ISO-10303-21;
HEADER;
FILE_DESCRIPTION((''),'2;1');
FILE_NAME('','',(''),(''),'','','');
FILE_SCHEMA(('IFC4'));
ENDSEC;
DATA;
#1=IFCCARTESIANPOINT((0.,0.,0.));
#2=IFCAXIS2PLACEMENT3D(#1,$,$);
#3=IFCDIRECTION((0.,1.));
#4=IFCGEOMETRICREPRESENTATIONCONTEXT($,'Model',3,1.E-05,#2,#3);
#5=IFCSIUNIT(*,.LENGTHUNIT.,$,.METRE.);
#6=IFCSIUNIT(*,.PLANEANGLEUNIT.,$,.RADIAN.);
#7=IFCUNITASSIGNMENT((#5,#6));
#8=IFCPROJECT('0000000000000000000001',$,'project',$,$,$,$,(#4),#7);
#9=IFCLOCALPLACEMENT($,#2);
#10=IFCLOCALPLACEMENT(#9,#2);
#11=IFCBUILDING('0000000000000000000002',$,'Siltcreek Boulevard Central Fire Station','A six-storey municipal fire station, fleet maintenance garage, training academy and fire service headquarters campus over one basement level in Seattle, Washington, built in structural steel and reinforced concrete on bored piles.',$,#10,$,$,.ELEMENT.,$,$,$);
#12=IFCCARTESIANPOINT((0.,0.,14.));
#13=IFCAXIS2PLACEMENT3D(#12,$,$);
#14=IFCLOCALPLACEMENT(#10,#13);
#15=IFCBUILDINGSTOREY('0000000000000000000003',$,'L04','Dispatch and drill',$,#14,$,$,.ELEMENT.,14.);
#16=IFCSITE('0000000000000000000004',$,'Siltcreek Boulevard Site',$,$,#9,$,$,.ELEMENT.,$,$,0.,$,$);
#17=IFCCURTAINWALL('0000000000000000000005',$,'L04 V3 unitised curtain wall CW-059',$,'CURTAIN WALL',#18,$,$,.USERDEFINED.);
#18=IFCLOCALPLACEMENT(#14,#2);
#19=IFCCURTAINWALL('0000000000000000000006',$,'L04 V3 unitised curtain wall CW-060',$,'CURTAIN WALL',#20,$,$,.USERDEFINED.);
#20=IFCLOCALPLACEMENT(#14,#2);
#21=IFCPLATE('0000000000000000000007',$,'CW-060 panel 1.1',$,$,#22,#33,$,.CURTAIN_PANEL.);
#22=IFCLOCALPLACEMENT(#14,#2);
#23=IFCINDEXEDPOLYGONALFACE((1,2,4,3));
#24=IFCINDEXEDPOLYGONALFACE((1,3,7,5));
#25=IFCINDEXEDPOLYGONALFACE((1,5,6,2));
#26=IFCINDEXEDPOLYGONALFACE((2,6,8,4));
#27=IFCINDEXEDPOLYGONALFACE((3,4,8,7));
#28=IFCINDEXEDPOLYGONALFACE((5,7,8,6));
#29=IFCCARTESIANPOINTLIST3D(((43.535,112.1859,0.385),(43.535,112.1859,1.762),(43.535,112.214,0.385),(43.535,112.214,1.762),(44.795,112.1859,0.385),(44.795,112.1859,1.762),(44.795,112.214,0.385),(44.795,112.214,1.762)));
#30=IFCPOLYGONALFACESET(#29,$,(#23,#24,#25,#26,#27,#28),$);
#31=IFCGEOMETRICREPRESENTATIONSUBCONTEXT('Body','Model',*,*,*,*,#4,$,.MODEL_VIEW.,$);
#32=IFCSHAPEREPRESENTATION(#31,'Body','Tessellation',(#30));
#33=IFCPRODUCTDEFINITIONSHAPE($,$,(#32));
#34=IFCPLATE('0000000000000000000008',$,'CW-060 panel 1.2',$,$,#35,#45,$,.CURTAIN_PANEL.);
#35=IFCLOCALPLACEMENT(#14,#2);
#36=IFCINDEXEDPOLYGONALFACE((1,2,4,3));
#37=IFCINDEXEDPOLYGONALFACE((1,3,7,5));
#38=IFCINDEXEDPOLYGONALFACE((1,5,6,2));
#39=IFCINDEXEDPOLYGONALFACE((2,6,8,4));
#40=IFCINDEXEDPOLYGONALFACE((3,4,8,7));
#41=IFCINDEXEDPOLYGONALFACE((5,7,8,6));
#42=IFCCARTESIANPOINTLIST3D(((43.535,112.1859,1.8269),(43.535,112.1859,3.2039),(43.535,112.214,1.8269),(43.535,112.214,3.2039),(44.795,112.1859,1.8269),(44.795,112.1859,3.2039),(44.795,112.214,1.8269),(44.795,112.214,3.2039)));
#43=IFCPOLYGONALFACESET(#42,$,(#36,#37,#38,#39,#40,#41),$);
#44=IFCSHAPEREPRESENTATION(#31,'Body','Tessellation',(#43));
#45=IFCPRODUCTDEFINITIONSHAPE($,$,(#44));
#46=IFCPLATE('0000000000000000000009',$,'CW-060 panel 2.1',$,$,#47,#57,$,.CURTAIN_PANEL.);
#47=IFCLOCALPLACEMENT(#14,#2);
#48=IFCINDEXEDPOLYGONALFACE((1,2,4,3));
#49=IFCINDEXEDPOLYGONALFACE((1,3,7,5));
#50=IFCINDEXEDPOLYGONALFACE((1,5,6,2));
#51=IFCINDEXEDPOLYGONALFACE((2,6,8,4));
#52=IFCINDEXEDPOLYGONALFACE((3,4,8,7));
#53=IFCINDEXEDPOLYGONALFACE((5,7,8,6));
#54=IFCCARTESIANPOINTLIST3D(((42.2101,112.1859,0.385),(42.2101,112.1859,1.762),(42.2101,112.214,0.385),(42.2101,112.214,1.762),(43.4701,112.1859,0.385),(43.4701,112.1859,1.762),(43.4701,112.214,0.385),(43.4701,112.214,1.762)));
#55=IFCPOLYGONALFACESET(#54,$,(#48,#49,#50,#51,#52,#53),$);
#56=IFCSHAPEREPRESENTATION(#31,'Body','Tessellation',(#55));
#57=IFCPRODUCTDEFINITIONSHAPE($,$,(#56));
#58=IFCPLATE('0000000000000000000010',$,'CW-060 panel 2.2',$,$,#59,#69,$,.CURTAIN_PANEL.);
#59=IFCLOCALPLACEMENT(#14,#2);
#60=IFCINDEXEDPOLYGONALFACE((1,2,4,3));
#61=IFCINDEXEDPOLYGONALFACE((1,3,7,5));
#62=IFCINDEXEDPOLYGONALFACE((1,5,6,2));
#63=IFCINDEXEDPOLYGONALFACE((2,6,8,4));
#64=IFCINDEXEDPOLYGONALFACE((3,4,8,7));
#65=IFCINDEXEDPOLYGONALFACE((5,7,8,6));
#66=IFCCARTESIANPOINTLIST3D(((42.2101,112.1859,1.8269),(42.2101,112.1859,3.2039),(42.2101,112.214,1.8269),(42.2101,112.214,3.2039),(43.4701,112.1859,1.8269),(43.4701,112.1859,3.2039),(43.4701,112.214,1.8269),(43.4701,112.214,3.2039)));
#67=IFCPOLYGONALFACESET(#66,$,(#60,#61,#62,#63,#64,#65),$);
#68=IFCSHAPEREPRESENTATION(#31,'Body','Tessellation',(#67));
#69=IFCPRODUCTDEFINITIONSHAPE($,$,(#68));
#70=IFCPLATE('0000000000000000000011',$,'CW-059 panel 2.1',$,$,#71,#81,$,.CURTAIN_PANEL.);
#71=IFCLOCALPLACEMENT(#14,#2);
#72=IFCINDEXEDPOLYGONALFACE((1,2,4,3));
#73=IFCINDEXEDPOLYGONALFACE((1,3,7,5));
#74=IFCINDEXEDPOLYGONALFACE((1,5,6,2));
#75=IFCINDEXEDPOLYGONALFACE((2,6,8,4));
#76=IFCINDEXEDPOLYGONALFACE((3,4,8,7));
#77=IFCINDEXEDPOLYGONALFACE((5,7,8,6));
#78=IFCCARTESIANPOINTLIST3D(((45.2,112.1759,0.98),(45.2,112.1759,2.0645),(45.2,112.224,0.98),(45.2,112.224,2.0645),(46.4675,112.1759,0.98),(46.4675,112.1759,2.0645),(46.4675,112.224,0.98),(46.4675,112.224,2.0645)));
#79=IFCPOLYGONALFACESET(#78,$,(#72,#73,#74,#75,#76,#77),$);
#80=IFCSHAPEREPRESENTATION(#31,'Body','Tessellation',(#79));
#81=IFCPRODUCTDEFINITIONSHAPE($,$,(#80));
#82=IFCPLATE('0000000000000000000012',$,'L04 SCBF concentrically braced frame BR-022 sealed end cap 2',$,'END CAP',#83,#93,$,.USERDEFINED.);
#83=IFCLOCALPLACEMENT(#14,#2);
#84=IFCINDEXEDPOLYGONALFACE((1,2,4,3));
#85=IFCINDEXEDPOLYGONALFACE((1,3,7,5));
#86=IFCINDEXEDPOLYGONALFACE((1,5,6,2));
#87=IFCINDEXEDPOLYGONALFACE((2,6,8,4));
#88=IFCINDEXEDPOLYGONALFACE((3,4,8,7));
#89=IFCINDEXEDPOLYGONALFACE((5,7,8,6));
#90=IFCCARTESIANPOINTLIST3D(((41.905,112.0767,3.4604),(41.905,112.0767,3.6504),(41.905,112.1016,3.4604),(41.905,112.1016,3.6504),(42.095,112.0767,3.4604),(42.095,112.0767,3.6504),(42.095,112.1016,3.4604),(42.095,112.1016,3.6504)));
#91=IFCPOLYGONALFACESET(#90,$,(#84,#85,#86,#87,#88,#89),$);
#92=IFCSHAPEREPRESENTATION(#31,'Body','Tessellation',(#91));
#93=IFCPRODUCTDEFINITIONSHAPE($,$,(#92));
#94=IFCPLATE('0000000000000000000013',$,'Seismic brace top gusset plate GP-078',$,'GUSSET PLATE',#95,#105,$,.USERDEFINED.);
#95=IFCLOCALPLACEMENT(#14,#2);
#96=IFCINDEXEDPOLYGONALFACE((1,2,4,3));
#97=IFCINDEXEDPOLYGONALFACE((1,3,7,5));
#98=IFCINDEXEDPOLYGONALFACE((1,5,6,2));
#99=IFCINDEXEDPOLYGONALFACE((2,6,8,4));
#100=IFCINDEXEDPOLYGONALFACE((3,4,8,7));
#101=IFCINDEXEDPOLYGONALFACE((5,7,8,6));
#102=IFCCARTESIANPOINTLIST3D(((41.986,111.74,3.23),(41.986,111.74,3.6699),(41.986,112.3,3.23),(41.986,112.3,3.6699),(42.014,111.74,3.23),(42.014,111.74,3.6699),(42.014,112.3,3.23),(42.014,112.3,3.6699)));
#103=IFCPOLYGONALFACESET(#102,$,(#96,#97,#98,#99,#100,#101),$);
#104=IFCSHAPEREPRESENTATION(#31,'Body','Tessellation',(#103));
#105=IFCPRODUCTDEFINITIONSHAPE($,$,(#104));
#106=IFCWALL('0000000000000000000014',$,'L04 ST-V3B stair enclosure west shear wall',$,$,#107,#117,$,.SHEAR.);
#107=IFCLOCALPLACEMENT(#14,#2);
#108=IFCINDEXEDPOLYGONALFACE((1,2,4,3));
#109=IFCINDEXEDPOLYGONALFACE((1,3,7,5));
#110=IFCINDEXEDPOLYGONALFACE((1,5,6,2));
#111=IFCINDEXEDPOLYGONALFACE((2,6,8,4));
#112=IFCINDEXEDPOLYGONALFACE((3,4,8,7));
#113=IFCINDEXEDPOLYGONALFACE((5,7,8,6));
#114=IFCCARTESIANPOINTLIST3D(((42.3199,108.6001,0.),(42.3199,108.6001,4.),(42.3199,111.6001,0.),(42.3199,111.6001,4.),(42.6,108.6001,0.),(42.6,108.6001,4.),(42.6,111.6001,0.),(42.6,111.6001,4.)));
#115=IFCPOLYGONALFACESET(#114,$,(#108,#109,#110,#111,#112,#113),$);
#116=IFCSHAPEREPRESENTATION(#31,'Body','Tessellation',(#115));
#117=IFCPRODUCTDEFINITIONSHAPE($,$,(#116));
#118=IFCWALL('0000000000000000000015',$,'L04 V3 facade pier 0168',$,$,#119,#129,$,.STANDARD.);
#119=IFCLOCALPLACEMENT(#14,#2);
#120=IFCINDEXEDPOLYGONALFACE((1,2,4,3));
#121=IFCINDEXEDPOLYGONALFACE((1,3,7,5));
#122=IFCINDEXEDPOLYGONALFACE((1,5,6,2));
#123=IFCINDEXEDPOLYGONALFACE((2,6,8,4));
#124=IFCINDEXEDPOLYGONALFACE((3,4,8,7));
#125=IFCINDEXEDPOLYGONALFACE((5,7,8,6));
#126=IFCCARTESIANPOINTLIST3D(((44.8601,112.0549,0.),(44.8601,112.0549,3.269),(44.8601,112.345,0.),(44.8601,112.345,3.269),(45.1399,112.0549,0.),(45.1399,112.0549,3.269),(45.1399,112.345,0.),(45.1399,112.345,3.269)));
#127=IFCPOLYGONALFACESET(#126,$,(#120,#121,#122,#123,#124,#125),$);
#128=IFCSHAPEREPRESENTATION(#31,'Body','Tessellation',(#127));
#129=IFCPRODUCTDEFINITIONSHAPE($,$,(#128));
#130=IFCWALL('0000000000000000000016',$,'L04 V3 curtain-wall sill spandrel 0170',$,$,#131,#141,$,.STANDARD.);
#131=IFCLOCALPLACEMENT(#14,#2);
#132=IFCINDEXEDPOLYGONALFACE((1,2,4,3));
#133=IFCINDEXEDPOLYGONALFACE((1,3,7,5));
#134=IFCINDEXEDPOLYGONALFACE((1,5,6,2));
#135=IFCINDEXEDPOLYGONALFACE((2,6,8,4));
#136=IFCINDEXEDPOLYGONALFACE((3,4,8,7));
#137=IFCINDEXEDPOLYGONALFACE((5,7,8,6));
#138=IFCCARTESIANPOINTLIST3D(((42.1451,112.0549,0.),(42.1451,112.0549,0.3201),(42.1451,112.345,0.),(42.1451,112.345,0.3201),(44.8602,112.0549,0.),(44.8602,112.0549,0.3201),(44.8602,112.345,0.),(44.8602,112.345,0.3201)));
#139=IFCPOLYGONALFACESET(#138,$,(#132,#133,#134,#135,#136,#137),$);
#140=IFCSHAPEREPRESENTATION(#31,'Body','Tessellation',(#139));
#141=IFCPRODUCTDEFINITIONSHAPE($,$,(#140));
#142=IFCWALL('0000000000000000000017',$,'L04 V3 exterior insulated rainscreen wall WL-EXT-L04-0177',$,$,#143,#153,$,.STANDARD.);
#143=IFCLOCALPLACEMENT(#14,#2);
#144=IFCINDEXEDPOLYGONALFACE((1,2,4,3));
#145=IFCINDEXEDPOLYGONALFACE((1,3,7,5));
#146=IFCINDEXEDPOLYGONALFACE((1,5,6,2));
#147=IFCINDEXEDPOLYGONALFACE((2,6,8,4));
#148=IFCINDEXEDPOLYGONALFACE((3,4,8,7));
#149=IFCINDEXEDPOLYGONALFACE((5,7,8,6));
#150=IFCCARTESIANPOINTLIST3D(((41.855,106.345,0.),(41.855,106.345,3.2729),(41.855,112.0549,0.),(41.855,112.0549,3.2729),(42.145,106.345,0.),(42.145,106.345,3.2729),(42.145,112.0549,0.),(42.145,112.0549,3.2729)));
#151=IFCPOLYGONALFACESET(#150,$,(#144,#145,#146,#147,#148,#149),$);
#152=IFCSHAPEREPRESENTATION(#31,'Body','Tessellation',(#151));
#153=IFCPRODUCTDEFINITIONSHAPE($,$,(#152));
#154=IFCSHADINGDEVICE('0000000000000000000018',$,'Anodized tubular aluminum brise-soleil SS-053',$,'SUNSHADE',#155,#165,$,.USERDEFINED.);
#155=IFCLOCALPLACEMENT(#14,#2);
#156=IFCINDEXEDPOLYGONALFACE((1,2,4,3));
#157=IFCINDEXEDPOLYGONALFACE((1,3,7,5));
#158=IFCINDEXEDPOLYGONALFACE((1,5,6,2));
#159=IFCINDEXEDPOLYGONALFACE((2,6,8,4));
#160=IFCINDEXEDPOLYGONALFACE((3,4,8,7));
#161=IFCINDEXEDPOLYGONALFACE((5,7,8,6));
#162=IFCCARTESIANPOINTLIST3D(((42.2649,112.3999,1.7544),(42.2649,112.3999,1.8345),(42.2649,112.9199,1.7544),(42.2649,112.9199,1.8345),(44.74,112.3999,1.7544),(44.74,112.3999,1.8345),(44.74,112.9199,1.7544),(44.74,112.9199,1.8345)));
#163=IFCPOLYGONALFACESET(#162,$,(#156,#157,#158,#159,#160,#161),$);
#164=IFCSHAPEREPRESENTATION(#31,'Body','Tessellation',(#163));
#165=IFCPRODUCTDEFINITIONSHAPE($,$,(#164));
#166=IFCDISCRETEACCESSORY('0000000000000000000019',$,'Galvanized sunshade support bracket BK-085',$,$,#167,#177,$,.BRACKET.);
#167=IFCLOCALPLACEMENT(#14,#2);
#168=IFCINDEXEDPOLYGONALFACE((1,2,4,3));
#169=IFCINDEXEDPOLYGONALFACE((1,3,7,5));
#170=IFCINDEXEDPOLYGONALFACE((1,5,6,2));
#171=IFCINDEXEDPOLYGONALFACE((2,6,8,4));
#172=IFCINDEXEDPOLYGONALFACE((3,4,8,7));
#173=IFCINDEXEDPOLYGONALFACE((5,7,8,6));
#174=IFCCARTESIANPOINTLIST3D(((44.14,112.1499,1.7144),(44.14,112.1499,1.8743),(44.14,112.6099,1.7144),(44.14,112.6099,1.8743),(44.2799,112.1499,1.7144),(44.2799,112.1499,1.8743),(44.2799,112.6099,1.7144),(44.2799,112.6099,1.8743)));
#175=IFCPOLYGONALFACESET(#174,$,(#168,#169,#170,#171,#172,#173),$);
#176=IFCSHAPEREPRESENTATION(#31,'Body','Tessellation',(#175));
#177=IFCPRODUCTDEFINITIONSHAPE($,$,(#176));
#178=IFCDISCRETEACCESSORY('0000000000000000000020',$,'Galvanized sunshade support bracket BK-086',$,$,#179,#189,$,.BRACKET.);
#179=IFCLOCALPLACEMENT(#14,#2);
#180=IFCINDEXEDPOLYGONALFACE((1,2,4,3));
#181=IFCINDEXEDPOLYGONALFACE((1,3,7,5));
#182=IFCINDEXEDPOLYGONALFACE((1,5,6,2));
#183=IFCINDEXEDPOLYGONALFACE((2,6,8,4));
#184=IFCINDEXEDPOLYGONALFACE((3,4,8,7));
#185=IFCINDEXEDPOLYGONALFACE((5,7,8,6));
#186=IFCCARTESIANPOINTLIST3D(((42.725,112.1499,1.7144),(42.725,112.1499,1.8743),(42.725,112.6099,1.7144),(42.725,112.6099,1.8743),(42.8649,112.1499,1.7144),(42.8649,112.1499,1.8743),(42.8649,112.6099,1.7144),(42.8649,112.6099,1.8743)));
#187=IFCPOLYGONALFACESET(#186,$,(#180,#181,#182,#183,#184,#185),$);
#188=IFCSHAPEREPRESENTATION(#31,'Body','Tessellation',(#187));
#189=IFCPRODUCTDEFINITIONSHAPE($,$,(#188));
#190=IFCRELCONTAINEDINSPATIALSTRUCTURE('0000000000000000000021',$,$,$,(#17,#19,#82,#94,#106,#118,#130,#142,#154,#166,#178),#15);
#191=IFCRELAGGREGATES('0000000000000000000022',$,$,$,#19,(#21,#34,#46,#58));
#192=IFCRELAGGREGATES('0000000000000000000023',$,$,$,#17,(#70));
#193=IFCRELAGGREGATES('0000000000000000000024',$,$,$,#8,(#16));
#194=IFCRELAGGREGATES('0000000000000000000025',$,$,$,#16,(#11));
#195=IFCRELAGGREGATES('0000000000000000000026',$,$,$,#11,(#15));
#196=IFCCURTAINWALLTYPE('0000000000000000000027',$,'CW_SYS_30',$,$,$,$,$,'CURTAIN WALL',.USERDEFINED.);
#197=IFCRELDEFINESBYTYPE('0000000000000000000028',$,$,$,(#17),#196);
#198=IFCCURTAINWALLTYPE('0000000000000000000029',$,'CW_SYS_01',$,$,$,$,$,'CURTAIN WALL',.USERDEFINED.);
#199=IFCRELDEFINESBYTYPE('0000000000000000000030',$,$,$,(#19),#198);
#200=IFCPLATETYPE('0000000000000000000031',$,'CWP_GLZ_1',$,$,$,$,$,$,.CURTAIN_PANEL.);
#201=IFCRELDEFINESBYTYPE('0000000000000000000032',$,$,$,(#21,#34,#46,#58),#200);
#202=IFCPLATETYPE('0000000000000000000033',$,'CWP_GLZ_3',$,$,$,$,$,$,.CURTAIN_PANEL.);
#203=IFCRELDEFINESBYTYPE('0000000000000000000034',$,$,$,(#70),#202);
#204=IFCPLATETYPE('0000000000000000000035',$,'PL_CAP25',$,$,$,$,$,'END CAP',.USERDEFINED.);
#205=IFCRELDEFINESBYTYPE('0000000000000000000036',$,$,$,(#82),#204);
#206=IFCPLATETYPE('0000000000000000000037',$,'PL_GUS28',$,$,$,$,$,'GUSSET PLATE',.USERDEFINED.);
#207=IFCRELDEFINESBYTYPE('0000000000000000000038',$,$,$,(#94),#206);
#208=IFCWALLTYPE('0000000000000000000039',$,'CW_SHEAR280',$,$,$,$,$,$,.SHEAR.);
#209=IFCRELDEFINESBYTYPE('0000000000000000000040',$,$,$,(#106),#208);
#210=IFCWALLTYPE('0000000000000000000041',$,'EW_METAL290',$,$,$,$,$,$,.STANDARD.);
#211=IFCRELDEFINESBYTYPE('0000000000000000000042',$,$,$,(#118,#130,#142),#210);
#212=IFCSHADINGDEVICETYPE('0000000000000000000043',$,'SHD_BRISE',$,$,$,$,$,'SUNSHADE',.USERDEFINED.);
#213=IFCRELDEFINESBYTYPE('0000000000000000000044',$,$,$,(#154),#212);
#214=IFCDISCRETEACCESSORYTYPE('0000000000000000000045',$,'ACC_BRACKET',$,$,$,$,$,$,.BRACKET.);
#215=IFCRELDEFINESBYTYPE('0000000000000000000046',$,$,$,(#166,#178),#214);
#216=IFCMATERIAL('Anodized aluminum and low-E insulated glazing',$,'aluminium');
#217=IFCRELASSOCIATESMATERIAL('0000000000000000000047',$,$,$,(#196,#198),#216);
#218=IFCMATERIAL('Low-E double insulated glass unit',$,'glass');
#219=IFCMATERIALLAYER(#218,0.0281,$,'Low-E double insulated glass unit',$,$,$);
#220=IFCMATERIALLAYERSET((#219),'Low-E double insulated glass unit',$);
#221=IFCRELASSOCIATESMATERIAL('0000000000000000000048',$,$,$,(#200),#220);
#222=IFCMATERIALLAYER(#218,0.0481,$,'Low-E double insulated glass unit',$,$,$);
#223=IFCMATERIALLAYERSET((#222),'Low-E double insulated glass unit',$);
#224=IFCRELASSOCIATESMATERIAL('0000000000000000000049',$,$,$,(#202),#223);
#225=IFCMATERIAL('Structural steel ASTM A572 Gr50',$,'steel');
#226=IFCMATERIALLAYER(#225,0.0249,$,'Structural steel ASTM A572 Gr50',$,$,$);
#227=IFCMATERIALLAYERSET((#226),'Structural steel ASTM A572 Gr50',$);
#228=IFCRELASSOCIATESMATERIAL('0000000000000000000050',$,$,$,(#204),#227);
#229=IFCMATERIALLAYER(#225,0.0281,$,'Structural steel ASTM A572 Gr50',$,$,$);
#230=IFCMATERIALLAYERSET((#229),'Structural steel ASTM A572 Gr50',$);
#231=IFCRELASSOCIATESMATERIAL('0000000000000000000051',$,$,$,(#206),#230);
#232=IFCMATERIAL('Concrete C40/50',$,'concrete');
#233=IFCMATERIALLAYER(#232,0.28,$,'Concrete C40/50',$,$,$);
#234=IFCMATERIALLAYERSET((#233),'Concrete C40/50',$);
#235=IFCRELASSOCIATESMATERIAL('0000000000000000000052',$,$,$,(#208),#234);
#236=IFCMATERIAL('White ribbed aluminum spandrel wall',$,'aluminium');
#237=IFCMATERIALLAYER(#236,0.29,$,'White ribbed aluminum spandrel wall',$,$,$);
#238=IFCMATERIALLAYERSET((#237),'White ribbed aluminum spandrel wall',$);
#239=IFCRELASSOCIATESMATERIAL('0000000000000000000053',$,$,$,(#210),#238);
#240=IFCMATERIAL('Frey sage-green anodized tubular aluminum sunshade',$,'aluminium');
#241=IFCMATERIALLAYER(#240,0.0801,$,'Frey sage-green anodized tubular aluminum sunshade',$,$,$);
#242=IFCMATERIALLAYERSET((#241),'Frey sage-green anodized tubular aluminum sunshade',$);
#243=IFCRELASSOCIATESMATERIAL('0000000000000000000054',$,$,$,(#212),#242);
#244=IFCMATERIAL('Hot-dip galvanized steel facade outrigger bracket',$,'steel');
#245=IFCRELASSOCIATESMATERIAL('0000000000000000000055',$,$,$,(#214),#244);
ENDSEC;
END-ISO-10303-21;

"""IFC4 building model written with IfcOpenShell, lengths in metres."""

from ifc_helpers import new_model, si_unit, direction, frame, frame_2d, origin, origin_2d, place, context, subcontext, project, spatial, rectangle, extrude, material, layer, layer_set, type_object, element, aggregate, save


model = new_model("IFC4")

# Units and contexts
model_context = context("Model", 3, precision=1e-05, world=origin(), true_north=direction((0.0, 1.0)))
body_context = subcontext(model_context, "Body", "Model", "MODEL_VIEW")
ifc_project = project(units=[si_unit("LENGTHUNIT", "METRE"), si_unit("PLANEANGLEUNIT", "RADIAN")], contexts=[model_context])

# Site, building, storey
site_placement = place(None, origin())
site = spatial("IfcSite", under=ifc_project, at=site_placement, Name="Siltcreek Boulevard Site", CompositionType="ELEMENT", RefElevation=0.0)
building_placement = place(site_placement, origin())
building = spatial("IfcBuilding", under=site, at=building_placement, Name="Siltcreek Boulevard Central Fire Station", Description="A six-storey municipal fire station, fleet maintenance garage, training academy and fire service headquarters campus over one basement level in Seattle, Washington, built in structural steel and reinforced concrete on bored piles.", CompositionType="ELEMENT")
storey_placement = place(building_placement, frame((0.0, 0.0, 14.0)))
storey = spatial("IfcBuildingStorey", under=building, at=storey_placement, Name="L04", Description="Dispatch and drill", CompositionType="ELEMENT", Elevation=14.0)

# Curtain wall
ifc_material_1 = material(Name="Anodized aluminum and low-E insulated glazing", Category="aluminium")
curtain_wall_type_1 = type_object("IfcCurtainWallType", Name="CW_SYS_30", ElementType="CURTAIN WALL", PredefinedType="USERDEFINED", material=ifc_material_1)
curtain_wall_1_placement = place(storey_placement, origin())
curtain_wall_1 = element("IfcCurtainWall", 1, at=curtain_wall_1_placement, inside=storey, type_object=curtain_wall_type_1, Name="L04 V3 unitised curtain wall CW-059", ObjectType="CURTAIN WALL", PredefinedType="USERDEFINED")

# Curtain wall, plates
curtain_wall_type_2 = type_object("IfcCurtainWallType", Name="CW_SYS_01", ElementType="CURTAIN WALL", PredefinedType="USERDEFINED", material=ifc_material_1)
curtain_wall_2_placement = place(storey_placement, origin())
curtain_wall_2 = element("IfcCurtainWall", 2, at=curtain_wall_2_placement, inside=storey, type_object=curtain_wall_type_2, Name="L04 V3 unitised curtain wall CW-060", ObjectType="CURTAIN WALL", PredefinedType="USERDEFINED")
ifc_material_2 = material(Name="Low-E double insulated glass unit", Category="glass")
ifc_layer_1 = layer(ifc_material_2, 0.0281, Name="Low-E double insulated glass unit")
ifc_layer_set_1 = layer_set([ifc_layer_1], Name="Low-E double insulated glass unit")
plate_type_1 = type_object("IfcPlateType", Name="CWP_GLZ_1", PredefinedType="CURTAIN_PANEL", material=ifc_layer_set_1)
plate_1_placement = place(storey_placement, frame((44.165, 112.2, 0.385), z_axis=(0.0, 0.0, 1.0), x_axis=(-1.0, 0.0, 0.0)))
plate_1 = element("IfcPlate", 3, at=plate_1_placement, type_object=plate_type_1, Name="CW-060 panel 1.1", PredefinedType="CURTAIN_PANEL", context=body_context, shape_type="SweptSolid", body=[
    extrude(rectangle(XDim=1.26, YDim=0.0281, at=origin_2d()), origin(), (0.0, 0.0, 1.0), 1.377),
])
plate_2_placement = place(storey_placement, frame((44.165, 112.2, 1.8269), z_axis=(0.0, 0.0, 1.0), x_axis=(-1.0, 0.0, 0.0)))
plate_2 = element("IfcPlate", 4, at=plate_2_placement, type_object=plate_type_1, Name="CW-060 panel 1.2", PredefinedType="CURTAIN_PANEL", context=body_context, shape_type="SweptSolid", body=[
    extrude(rectangle(XDim=1.26, YDim=0.0281, at=origin_2d()), origin(), (0.0, 0.0, 1.0), 1.377),
])
plate_3_placement = place(storey_placement, frame((42.8401, 112.2, 0.385), z_axis=(0.0, 0.0, 1.0), x_axis=(-1.0, 0.0, 0.0)))
plate_3 = element("IfcPlate", 5, at=plate_3_placement, type_object=plate_type_1, Name="CW-060 panel 2.1", PredefinedType="CURTAIN_PANEL", context=body_context, shape_type="SweptSolid", body=[
    extrude(rectangle(XDim=1.26, YDim=0.0281, at=origin_2d()), origin(), (0.0, 0.0, 1.0), 1.377),
])
plate_4_placement = place(storey_placement, frame((42.8401, 112.2, 1.8269), z_axis=(0.0, 0.0, 1.0), x_axis=(-1.0, 0.0, 0.0)))
plate_4 = element("IfcPlate", 6, at=plate_4_placement, type_object=plate_type_1, Name="CW-060 panel 2.2", PredefinedType="CURTAIN_PANEL", context=body_context, shape_type="SweptSolid", body=[
    extrude(rectangle(XDim=1.26, YDim=0.0281, at=origin_2d()), origin(), (0.0, 0.0, 1.0), 1.377),
])
aggregate(curtain_wall_2, [plate_1, plate_2, plate_3, plate_4])

# Plate
ifc_layer_2 = layer(ifc_material_2, 0.0481, Name="Low-E double insulated glass unit")
ifc_layer_set_2 = layer_set([ifc_layer_2], Name="Low-E double insulated glass unit")
plate_type_2 = type_object("IfcPlateType", Name="CWP_GLZ_3", PredefinedType="CURTAIN_PANEL", material=ifc_layer_set_2)
plate_5_placement = place(storey_placement, frame((45.8337, 112.2, 0.98), z_axis=(0.0, 0.0, 1.0), x_axis=(-1.0, 0.0, 0.0)))
plate_5 = element("IfcPlate", 7, at=plate_5_placement, type_object=plate_type_2, Name="CW-059 panel 2.1", PredefinedType="CURTAIN_PANEL", context=body_context, shape_type="SweptSolid", body=[
    extrude(rectangle(XDim=1.2676, YDim=0.0481, at=origin_2d()), origin(), (0.0, 0.0, 1.0), 1.0845),
])
aggregate(curtain_wall_1, [plate_5])

# Plates
ifc_material_3 = material(Name="Structural steel ASTM A572 Gr50", Category="steel")
ifc_layer_3 = layer(ifc_material_3, 0.0249, Name="Structural steel ASTM A572 Gr50")
ifc_layer_set_3 = layer_set([ifc_layer_3], Name="Structural steel ASTM A572 Gr50")
plate_type_3 = type_object("IfcPlateType", Name="PL_CAP25", ElementType="END CAP", PredefinedType="USERDEFINED", material=ifc_layer_set_3)
plate_6_placement = place(storey_placement, frame((42.0, 112.0891, 3.4604), z_axis=(0.0, 0.0, 1.0), x_axis=(0.0, 1.0, 0.0)))
element("IfcPlate", 8, at=plate_6_placement, inside=storey, type_object=plate_type_3, Name="L04 SCBF concentrically braced frame BR-022 sealed end cap 2", ObjectType="END CAP", PredefinedType="USERDEFINED", context=body_context, shape_type="SweptSolid", body=[
    extrude(rectangle(XDim=0.0249, YDim=0.1899, at=origin_2d()), origin(), (0.0, 0.0, 1.0), 0.1899),
])
ifc_layer_4 = layer(ifc_material_3, 0.0281, Name="Structural steel ASTM A572 Gr50")
ifc_layer_set_4 = layer_set([ifc_layer_4], Name="Structural steel ASTM A572 Gr50")
plate_type_4 = type_object("IfcPlateType", Name="PL_GUS28", ElementType="GUSSET PLATE", PredefinedType="USERDEFINED", material=ifc_layer_set_4)
plate_7_placement = place(storey_placement, frame((42.0, 112.02, 3.23), z_axis=(0.0, 0.0, 1.0), x_axis=(0.0, 1.0, 0.0)))
element("IfcPlate", 9, at=plate_7_placement, inside=storey, type_object=plate_type_4, Name="Seismic brace top gusset plate GP-078", ObjectType="GUSSET PLATE", PredefinedType="USERDEFINED", context=body_context, shape_type="SweptSolid", body=[
    extrude(rectangle(XDim=0.5601, YDim=0.0281, at=origin_2d()), origin(), (0.0, 0.0, 1.0), 0.4399),
])

# Walls
ifc_material_4 = material(Name="Concrete C40/50", Category="concrete")
ifc_layer_5 = layer(ifc_material_4, 0.28, Name="Concrete C40/50")
ifc_layer_set_5 = layer_set([ifc_layer_5], Name="Concrete C40/50")
wall_type_1 = type_object("IfcWallType", Name="CW_SHEAR280", PredefinedType="SHEAR", material=ifc_layer_set_5)
wall_1_placement = place(storey_placement, frame((42.46, 111.6001, 0.0), z_axis=(0.0, 0.0, 1.0), x_axis=(0.0, -1.0, 0.0)))
element("IfcWall", 10, at=wall_1_placement, inside=storey, type_object=wall_type_1, Name="L04 ST-V3B stair enclosure west shear wall", PredefinedType="SHEAR", context=body_context, shape_type="SweptSolid", body=[
    extrude(rectangle(XDim=3.0, YDim=0.28, at=frame_2d((1.5, 0.0))), origin(), (0.0, 0.0, 1.0), 4.0),
])
ifc_material_5 = material(Name="White ribbed aluminum spandrel wall", Category="aluminium")
ifc_layer_6 = layer(ifc_material_5, 0.29, Name="White ribbed aluminum spandrel wall")
ifc_layer_set_6 = layer_set([ifc_layer_6], Name="White ribbed aluminum spandrel wall")
wall_type_2 = type_object("IfcWallType", Name="EW_METAL290", PredefinedType="STANDARD", material=ifc_layer_set_6)
wall_2_placement = place(storey_placement, frame((45.1399, 112.2, 0.0), z_axis=(0.0, 0.0, 1.0), x_axis=(-1.0, 0.0, 0.0)))
element("IfcWall", 11, at=wall_2_placement, inside=storey, type_object=wall_type_2, Name="L04 V3 facade pier 0168", PredefinedType="STANDARD", context=body_context, shape_type="SweptSolid", body=[
    extrude(rectangle(XDim=0.2798, YDim=0.29, at=frame_2d((0.1399, 0.0))), origin(), (0.0, 0.0, 1.0), 3.269),
])
wall_3_placement = place(storey_placement, frame((44.8601, 112.2, 0.0), z_axis=(0.0, 0.0, 1.0), x_axis=(-1.0, 0.0, 0.0)))
element("IfcWall", 12, at=wall_3_placement, inside=storey, type_object=wall_type_2, Name="L04 V3 curtain-wall sill spandrel 0170", PredefinedType="STANDARD", context=body_context, shape_type="SweptSolid", body=[
    extrude(rectangle(XDim=2.7151, YDim=0.29, at=frame_2d((1.3574, 0.0))), origin(), (0.0, 0.0, 1.0), 0.3201),
])
wall_4_placement = place(storey_placement, frame((42.0, 112.0549, 0.0), z_axis=(0.0, 0.0, 1.0), x_axis=(0.0, -1.0, 0.0)))
element("IfcWall", 13, at=wall_4_placement, inside=storey, type_object=wall_type_2, Name="L04 V3 exterior insulated rainscreen wall WL-EXT-L04-0177", PredefinedType="STANDARD", context=body_context, shape_type="SweptSolid", body=[
    extrude(rectangle(XDim=5.71, YDim=0.29, at=frame_2d((2.855, 0.0))), origin(), (0.0, 0.0, 1.0), 3.2729),
])

# Shading device
ifc_material_6 = material(Name="Frey sage-green anodized tubular aluminum sunshade", Category="aluminium")
ifc_layer_7 = layer(ifc_material_6, 0.0801, Name="Frey sage-green anodized tubular aluminum sunshade")
ifc_layer_set_7 = layer_set([ifc_layer_7], Name="Frey sage-green anodized tubular aluminum sunshade")
shading_device_type = type_object("IfcShadingDeviceType", Name="SHD_BRISE", ElementType="SUNSHADE", PredefinedType="USERDEFINED", material=ifc_layer_set_7)
shading_device_placement = place(storey_placement, frame((43.5024, 112.6599, 1.7544), z_axis=(0.0, 0.0, 1.0), x_axis=(-1.0, 0.0, 0.0)))
element("IfcShadingDevice", 14, at=shading_device_placement, inside=storey, type_object=shading_device_type, Name="Anodized tubular aluminum brise-soleil SS-053", ObjectType="SUNSHADE", PredefinedType="USERDEFINED", context=body_context, shape_type="SweptSolid", body=[
    extrude(rectangle(XDim=2.4751, YDim=0.52, at=origin_2d()), origin(), (0.0, 0.0, 1.0), 0.0801),
])

# Discrete accessories
ifc_material_7 = material(Name="Hot-dip galvanized steel facade outrigger bracket", Category="steel")
discrete_accessory_type = type_object("IfcDiscreteAccessoryType", Name="ACC_BRACKET", PredefinedType="BRACKET", material=ifc_material_7)
for number, where, z_axis, x_axis, name in (
    (15, (44.21, 112.3799, 1.7144), (0.0, 0.0, 1.0), (-1.0, 0.0, 0.0), "Galvanized sunshade support bracket BK-085"),
    (16, (42.7949, 112.3799, 1.7144), (0.0, 0.0, 1.0), (-1.0, 0.0, 0.0), "Galvanized sunshade support bracket BK-086"),
):
    element("IfcDiscreteAccessory", number, at=place(storey_placement, frame(where, z_axis=z_axis, x_axis=x_axis)), inside=storey, type_object=discrete_accessory_type, Name=name, PredefinedType="BRACKET", context=body_context, shape_type="SweptSolid", body=[
        extrude(rectangle(XDim=0.1399, YDim=0.46, at=origin_2d()), origin(), (0.0, 0.0, 1.0), 0.1599),
    ])

save(model, "model.ifc")
